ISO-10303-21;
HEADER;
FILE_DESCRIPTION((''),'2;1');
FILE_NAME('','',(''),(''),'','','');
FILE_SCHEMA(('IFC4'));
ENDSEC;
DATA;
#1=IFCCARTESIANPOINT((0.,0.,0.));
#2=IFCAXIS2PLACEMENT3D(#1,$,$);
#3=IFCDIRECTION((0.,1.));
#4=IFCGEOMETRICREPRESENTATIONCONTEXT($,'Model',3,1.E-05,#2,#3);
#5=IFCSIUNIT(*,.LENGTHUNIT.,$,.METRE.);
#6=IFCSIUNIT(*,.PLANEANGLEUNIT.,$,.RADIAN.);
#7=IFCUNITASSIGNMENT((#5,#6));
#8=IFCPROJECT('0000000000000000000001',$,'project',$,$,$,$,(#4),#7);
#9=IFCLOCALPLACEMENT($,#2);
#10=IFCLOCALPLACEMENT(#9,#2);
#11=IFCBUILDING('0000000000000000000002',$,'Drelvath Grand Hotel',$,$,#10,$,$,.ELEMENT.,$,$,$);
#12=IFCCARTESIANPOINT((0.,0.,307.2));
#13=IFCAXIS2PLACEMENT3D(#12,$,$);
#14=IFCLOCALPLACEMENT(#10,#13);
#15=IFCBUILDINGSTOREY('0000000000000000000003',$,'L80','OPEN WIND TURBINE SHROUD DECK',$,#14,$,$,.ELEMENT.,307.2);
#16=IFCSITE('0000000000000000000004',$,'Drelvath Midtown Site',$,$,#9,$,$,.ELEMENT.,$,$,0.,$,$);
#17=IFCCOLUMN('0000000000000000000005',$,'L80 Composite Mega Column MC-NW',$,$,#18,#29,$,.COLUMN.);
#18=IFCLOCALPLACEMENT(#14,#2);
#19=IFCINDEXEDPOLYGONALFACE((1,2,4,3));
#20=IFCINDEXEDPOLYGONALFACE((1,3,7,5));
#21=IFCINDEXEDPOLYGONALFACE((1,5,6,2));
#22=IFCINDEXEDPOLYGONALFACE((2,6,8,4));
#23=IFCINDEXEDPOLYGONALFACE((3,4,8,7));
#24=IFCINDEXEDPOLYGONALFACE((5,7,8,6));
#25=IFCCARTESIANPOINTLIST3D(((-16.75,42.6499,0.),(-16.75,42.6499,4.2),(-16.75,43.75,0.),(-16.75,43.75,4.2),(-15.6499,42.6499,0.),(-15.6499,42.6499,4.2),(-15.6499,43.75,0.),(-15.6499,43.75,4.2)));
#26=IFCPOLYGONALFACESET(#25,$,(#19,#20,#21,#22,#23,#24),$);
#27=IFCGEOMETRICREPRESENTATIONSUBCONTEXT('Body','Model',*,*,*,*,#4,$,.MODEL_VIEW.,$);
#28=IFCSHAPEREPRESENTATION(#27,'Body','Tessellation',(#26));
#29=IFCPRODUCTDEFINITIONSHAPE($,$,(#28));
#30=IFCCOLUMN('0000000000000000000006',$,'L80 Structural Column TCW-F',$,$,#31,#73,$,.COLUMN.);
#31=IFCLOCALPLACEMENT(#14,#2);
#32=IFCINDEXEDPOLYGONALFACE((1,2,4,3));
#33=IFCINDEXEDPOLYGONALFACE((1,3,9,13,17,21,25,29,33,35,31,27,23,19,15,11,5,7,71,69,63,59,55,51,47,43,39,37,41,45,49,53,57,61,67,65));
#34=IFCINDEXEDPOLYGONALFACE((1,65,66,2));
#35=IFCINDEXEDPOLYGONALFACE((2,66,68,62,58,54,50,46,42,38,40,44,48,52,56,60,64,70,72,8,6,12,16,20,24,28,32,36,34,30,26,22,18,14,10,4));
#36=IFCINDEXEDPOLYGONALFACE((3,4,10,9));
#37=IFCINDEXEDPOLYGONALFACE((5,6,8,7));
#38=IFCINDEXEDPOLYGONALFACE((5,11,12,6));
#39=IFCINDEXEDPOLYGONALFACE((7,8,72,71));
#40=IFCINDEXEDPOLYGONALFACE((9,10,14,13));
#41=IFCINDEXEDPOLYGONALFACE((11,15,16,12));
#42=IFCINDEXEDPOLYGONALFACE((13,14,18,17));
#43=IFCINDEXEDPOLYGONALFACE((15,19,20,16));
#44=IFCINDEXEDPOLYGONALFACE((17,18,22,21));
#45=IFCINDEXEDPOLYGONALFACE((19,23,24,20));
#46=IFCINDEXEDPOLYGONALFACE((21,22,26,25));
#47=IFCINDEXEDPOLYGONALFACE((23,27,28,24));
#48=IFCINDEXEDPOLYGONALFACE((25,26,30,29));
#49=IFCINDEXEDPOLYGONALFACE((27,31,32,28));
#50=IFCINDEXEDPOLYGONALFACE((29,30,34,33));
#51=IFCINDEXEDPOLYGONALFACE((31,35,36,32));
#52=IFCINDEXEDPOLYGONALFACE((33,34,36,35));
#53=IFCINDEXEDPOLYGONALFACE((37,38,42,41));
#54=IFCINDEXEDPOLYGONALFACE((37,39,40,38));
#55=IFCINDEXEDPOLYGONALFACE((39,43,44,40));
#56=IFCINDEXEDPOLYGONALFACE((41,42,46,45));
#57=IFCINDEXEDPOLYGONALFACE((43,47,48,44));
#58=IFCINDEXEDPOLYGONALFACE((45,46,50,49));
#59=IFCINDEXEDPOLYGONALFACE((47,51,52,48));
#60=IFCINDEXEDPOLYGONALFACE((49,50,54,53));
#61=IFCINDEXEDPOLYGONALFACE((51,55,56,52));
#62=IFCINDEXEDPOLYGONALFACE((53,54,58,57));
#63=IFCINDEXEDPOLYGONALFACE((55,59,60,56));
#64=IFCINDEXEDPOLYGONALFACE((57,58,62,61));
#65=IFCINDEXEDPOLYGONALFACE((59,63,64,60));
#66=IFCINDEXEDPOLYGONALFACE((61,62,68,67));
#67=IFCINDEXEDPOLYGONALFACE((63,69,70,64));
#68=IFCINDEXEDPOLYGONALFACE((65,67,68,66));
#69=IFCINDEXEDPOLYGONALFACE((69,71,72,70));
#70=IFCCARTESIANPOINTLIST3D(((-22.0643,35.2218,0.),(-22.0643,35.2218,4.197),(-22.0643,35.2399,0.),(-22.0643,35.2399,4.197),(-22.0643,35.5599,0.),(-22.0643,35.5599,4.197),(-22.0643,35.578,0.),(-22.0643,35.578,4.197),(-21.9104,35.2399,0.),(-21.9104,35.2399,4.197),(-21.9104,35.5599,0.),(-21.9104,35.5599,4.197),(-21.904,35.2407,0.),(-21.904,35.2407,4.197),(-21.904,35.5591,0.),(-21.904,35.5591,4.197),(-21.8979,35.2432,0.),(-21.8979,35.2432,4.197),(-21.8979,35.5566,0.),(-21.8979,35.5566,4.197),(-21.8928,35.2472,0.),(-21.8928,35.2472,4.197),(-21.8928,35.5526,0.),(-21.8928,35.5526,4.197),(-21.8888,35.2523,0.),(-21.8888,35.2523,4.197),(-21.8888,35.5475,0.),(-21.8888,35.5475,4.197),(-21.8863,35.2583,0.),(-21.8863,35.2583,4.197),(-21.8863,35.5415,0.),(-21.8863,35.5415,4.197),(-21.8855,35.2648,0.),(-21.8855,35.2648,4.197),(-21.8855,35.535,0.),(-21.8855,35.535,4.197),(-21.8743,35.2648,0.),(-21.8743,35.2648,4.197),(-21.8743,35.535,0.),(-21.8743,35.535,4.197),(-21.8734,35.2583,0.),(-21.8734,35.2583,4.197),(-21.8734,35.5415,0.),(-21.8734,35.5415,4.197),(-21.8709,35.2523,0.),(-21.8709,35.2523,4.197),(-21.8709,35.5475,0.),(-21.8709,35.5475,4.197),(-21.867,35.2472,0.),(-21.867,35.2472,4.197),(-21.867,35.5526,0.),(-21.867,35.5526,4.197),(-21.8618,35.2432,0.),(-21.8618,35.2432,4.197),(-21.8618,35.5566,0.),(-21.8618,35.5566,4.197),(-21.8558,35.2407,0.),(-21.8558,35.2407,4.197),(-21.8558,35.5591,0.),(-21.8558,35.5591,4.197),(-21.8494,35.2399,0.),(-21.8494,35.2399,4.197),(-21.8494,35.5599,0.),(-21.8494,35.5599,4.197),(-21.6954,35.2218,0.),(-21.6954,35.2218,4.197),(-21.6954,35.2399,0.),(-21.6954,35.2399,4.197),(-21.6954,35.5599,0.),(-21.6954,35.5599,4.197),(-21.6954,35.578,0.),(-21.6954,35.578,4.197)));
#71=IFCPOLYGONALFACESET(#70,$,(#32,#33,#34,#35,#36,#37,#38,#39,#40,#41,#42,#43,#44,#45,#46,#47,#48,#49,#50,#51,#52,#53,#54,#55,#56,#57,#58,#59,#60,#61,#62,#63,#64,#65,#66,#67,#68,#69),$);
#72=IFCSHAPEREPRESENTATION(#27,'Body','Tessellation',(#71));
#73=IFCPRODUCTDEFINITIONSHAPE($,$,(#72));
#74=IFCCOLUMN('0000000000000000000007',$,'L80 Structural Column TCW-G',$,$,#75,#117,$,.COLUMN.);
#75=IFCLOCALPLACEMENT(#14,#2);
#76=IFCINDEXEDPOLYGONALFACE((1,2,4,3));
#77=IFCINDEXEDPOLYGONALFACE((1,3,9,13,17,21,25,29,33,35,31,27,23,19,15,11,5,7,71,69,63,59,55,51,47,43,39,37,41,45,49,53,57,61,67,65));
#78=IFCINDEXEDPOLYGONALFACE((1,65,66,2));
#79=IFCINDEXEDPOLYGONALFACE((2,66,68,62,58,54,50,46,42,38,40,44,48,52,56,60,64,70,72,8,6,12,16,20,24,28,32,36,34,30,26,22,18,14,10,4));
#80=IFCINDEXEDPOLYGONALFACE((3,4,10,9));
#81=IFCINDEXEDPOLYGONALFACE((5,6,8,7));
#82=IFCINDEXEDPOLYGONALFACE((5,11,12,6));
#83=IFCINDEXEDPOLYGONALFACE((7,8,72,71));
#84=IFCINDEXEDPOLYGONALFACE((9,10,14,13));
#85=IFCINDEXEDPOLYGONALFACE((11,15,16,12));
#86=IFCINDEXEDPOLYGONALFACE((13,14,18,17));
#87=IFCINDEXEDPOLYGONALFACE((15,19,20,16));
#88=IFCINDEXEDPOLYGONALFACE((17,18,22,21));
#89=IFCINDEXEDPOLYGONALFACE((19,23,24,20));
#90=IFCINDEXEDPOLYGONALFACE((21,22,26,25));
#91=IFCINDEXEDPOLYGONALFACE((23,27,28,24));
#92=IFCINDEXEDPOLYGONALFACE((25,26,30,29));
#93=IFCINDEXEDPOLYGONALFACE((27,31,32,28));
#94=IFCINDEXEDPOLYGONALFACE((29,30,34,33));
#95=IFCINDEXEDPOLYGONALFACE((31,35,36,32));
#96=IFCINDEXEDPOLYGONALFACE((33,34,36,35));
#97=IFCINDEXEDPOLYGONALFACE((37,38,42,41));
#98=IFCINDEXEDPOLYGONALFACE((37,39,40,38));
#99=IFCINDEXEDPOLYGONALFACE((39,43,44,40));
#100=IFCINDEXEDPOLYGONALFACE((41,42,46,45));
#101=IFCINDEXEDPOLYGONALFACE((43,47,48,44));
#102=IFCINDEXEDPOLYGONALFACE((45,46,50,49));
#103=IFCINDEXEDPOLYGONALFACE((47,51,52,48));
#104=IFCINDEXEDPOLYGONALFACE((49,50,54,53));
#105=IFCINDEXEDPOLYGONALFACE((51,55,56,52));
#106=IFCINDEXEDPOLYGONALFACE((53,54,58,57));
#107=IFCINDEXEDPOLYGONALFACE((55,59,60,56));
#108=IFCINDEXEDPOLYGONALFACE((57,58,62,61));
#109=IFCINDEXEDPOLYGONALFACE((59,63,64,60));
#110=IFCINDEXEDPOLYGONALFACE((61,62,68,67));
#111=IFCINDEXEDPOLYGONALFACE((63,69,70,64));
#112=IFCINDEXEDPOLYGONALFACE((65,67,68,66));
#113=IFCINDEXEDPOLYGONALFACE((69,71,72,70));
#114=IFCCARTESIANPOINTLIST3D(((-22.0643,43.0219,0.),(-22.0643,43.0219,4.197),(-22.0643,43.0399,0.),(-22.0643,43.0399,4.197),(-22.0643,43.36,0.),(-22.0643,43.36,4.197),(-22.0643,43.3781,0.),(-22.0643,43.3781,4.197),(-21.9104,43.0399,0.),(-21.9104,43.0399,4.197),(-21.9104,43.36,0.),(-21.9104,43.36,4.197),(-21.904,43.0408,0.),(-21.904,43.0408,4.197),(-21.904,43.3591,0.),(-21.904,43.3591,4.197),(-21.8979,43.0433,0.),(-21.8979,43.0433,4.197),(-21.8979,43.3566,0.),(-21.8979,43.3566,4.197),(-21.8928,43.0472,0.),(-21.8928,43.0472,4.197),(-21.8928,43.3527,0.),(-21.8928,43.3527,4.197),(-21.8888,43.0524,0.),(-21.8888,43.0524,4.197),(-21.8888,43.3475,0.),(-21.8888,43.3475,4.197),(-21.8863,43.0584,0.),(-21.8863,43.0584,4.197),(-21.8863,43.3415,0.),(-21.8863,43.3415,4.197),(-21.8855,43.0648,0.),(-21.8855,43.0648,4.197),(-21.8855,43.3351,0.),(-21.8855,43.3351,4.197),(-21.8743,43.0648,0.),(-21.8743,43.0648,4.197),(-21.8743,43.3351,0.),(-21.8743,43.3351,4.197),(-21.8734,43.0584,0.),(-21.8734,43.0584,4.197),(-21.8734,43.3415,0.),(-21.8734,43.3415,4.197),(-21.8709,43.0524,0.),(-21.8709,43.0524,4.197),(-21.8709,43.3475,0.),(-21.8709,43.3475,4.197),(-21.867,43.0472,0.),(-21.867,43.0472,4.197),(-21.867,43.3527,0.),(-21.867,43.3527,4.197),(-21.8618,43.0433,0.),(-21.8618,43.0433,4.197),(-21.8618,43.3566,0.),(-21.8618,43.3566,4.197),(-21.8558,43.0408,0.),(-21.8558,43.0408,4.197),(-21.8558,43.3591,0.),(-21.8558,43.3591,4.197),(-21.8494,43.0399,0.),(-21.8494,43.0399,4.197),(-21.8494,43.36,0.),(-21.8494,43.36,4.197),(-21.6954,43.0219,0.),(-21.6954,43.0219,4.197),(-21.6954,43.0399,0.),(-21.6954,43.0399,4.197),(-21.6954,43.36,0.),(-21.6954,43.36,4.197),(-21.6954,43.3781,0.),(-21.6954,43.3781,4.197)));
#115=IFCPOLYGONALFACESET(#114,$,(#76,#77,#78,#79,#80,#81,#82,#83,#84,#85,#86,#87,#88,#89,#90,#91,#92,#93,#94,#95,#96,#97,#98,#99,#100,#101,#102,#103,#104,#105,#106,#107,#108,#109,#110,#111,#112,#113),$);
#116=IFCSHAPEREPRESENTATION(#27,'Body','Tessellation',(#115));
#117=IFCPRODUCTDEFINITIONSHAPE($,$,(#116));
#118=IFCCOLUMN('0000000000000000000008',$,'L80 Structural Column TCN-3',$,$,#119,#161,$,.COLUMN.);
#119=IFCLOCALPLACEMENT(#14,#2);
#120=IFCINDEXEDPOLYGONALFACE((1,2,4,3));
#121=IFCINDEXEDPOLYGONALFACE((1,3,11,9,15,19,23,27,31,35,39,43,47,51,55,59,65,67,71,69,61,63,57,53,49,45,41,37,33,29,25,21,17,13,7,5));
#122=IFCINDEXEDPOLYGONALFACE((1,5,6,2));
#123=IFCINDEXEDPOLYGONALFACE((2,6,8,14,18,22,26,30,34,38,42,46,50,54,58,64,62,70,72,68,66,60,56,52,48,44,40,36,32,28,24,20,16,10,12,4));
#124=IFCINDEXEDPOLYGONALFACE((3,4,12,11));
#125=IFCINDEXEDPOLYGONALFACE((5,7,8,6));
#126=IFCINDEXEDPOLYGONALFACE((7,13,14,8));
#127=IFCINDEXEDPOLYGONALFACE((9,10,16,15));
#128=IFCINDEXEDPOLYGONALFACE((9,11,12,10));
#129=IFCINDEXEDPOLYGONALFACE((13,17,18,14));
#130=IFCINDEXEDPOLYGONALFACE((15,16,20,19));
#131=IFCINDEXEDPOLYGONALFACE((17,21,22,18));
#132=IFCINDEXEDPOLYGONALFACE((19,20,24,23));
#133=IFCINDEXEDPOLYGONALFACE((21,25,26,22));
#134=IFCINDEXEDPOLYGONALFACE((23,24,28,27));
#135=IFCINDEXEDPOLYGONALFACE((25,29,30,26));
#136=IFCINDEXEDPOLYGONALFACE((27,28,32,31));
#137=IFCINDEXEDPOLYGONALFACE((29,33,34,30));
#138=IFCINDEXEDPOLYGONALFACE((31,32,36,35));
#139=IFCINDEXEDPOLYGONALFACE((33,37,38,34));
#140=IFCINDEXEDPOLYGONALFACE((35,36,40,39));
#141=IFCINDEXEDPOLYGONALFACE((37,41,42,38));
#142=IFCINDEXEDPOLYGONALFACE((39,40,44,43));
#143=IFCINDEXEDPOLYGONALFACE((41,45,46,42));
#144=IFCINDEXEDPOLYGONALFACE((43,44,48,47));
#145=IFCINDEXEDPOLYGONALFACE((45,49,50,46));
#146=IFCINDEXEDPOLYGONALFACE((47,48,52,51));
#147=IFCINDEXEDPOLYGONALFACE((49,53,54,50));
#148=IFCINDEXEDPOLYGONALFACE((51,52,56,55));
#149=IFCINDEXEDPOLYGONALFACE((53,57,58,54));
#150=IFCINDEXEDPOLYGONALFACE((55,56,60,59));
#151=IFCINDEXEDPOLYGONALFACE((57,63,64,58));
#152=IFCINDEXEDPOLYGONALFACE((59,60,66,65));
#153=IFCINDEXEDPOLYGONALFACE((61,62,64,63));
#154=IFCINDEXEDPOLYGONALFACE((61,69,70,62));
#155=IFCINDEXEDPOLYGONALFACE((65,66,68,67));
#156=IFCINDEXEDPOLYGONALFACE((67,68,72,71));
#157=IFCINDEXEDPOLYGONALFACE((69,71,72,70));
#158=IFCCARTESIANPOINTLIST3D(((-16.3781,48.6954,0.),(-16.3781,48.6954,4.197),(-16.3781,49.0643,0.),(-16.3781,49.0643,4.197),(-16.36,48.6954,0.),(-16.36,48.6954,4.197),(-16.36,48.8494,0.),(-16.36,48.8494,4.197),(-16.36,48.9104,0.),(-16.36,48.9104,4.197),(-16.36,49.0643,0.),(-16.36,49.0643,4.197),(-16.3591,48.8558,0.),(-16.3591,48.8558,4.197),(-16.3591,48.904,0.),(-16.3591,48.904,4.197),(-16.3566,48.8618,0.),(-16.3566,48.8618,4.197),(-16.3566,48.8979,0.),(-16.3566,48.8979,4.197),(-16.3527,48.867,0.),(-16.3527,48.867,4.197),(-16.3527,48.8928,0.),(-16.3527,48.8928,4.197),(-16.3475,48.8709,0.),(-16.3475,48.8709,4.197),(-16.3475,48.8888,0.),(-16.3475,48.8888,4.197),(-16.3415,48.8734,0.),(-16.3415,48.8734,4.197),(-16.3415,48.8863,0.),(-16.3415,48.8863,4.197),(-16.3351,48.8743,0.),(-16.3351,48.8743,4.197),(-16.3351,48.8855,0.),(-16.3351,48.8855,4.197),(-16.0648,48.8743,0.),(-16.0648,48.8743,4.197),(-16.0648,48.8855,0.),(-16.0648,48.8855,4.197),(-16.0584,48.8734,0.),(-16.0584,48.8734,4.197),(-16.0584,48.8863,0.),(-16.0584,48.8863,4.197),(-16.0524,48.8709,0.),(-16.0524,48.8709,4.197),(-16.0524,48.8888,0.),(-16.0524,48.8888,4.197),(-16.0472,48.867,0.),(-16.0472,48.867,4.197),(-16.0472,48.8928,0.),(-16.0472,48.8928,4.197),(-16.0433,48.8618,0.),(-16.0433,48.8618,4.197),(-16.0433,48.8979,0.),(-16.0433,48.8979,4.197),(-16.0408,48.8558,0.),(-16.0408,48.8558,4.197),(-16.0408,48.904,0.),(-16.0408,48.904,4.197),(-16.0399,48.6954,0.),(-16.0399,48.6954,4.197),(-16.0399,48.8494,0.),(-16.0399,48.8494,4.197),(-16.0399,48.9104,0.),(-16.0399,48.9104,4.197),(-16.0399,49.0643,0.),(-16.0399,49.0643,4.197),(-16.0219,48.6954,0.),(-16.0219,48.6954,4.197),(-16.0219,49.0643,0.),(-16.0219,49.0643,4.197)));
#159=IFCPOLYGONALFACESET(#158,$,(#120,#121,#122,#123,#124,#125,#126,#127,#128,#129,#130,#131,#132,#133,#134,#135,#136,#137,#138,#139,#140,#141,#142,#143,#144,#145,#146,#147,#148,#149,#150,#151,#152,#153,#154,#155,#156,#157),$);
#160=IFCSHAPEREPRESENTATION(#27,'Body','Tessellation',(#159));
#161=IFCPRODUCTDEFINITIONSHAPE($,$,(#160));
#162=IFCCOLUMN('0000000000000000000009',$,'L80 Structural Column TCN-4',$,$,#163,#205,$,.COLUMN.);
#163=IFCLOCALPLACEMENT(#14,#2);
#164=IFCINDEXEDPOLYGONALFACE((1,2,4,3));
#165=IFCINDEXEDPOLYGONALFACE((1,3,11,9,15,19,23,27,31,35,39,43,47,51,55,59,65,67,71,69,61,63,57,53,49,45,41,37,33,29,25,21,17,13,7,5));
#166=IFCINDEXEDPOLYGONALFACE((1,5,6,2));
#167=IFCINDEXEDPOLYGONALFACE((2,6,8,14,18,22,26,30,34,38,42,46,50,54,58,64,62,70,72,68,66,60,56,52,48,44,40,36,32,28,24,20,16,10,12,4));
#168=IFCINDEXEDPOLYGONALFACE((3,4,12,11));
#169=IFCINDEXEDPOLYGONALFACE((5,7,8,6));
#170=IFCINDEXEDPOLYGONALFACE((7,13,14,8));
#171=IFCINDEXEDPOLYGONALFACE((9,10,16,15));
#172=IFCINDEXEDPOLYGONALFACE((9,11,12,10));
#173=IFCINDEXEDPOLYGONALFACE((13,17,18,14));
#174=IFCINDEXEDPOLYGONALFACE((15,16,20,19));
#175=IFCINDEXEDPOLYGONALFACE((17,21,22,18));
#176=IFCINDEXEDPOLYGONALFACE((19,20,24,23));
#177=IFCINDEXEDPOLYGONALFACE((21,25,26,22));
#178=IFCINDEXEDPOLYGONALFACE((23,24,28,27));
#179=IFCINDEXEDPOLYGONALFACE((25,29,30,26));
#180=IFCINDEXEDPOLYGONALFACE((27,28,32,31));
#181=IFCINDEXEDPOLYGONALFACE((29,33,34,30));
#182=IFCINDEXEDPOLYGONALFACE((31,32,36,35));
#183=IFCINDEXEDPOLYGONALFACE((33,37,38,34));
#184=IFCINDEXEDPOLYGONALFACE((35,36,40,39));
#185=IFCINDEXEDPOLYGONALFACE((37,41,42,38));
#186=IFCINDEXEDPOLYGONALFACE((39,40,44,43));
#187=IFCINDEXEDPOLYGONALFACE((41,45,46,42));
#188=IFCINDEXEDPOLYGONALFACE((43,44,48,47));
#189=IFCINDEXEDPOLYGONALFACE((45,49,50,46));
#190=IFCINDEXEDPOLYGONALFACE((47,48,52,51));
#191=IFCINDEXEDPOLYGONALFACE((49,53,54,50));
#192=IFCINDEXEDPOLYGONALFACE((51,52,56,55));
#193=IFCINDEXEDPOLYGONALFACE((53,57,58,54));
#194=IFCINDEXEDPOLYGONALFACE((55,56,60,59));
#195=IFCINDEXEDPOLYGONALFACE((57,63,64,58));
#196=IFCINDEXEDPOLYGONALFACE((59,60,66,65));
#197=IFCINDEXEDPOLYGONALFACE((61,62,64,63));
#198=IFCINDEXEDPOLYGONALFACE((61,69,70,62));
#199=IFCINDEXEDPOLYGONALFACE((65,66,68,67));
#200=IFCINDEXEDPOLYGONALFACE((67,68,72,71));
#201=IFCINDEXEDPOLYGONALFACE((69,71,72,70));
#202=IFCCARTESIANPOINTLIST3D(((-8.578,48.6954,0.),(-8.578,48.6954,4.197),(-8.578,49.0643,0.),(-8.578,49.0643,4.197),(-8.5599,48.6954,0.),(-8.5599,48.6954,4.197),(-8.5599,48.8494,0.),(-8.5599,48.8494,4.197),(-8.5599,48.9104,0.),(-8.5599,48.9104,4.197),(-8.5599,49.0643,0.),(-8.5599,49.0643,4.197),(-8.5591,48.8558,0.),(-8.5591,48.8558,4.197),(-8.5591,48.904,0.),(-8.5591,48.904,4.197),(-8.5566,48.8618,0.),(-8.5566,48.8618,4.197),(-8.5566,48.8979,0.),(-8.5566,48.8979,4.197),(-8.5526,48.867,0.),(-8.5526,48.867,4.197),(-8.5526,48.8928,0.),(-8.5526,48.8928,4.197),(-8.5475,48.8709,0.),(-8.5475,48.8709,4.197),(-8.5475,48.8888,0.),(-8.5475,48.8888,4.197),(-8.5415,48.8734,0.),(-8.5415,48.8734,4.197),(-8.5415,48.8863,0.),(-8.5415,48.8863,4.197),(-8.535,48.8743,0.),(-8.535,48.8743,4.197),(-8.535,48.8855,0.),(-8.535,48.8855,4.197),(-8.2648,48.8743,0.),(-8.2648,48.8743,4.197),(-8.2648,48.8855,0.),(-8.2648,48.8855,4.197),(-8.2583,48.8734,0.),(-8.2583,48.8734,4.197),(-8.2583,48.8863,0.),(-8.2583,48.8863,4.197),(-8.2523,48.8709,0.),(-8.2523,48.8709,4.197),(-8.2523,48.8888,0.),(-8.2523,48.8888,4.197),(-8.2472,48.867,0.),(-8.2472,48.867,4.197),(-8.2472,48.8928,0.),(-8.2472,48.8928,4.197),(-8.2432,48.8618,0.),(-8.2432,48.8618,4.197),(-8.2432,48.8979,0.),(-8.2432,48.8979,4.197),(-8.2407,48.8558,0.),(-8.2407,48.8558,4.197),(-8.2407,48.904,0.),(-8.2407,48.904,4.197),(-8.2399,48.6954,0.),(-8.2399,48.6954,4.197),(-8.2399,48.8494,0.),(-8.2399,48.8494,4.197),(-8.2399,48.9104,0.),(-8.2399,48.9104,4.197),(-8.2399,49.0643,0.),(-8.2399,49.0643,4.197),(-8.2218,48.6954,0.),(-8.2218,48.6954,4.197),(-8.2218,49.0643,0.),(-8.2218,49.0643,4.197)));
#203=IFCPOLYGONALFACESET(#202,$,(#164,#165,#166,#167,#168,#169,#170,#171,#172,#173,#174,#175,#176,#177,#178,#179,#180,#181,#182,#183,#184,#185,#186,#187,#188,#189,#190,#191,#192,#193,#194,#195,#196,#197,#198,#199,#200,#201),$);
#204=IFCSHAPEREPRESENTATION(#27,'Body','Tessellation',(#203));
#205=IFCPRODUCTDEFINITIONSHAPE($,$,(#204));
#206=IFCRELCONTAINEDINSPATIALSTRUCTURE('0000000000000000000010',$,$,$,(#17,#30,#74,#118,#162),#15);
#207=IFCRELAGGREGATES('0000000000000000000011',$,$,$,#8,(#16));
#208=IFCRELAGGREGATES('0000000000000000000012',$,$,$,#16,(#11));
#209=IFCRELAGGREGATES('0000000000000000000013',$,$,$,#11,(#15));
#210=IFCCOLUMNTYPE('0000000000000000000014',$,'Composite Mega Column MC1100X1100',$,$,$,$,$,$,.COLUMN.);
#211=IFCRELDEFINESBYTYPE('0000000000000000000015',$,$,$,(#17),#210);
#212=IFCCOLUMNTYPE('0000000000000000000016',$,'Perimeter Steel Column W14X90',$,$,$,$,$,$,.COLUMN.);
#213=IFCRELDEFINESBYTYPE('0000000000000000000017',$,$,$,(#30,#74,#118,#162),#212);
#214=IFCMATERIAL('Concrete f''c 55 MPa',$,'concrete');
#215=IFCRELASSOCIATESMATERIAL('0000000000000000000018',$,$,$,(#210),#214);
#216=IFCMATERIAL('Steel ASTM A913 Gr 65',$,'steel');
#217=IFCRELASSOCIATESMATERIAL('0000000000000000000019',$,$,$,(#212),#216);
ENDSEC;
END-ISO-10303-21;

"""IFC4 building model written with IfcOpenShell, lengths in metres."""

from ifc_helpers import new_model, si_unit, direction, frame, origin, origin_2d, place, context, subcontext, project, spatial, rectangle, i_section, extrude, material, material_profile, profile_set, type_object, element, save


model = new_model("IFC4")

# Units and contexts
model_context = context("Model", 3, precision=1e-05, world=origin(), true_north=direction((0.0, 1.0)))
body_context = subcontext(model_context, "Body", "Model", "MODEL_VIEW")
ifc_project = project(units=[si_unit("LENGTHUNIT", "METRE"), si_unit("PLANEANGLEUNIT", "RADIAN")], contexts=[model_context])

# Site, building, storey
site_placement = place(None, origin())
site = spatial("IfcSite", under=ifc_project, at=site_placement, Name="Drelvath Midtown Site", CompositionType="ELEMENT", RefElevation=0.0)
building_placement = place(site_placement, origin())
building = spatial("IfcBuilding", under=site, at=building_placement, Name="Drelvath Grand Hotel", CompositionType="ELEMENT")
storey_placement = place(building_placement, frame((0.0, 0.0, 307.2)))
storey = spatial("IfcBuildingStorey", under=building, at=storey_placement, Name="L80", Description="OPEN WIND TURBINE SHROUD DECK", CompositionType="ELEMENT", Elevation=307.2)

# Columns
ifc_material_1 = material(Name="Concrete f'c 55 MPa", Category="concrete")
ifc_material_profile_1 = material_profile(ifc_material_1, rectangle(XDim=1.1001, YDim=1.1001, at=origin_2d()), Name="MC1100X1100")
ifc_profile_set_1 = profile_set([ifc_material_profile_1], Name="Concrete f'c 55 MPa")
column_type_1 = type_object("IfcColumnType", Name="Composite Mega Column MC1100X1100", PredefinedType="COLUMN", material=ifc_profile_set_1)
column_placement = place(storey_placement, frame((-16.2, 43.2, 0.0), z_axis=(0.0, 0.0, 1.0), x_axis=(1.0, 0.0, 0.0)))
element("IfcColumn", 1, at=column_placement, inside=storey, type_object=column_type_1, Name="L80 Composite Mega Column MC-NW", PredefinedType="COLUMN", context=body_context, shape_type="SweptSolid", body=[
    extrude(rectangle(XDim=1.1001, YDim=1.1001, at=origin_2d()), origin(), (0.0, 0.0, 1.0), 4.2),
])
ifc_material_2 = material(Name="Steel ASTM A913 Gr 65", Category="steel")
ifc_material_profile_2 = material_profile(ifc_material_2, i_section(OverallWidth=0.3689, OverallDepth=0.3562, WebThickness=0.0112, FlangeThickness=0.0181, FilletRadius=0.0249, at=origin_2d()), Name="W14X90")
ifc_profile_set_2 = profile_set([ifc_material_profile_2], Name="Steel ASTM A913 Gr 65")
column_type_2 = type_object("IfcColumnType", Name="Perimeter Steel Column W14X90", PredefinedType="COLUMN", material=ifc_profile_set_2)
for number, where, z_axis, x_axis, name in (
    (2, (-21.8799, 35.3999, 0.0), (0.0, 0.0, 1.0), (1.0, 0.0, 0.0), "L80 Structural Column TCW-F"),
    (3, (-21.8799, 43.2, 0.0), (0.0, 0.0, 1.0), (1.0, 0.0, 0.0), "L80 Structural Column TCW-G"),
    (4, (-16.2, 48.8799, 0.0), (0.0, 0.0, 1.0), (0.0, 1.0, 0.0), "L80 Structural Column TCN-3"),
    (5, (-8.3999, 48.8799, 0.0), (0.0, 0.0, 1.0), (0.0, 1.0, 0.0), "L80 Structural Column TCN-4"),
):
    element("IfcColumn", number, at=place(storey_placement, frame(where, z_axis=z_axis, x_axis=x_axis)), inside=storey, type_object=column_type_2, Name=name, PredefinedType="COLUMN", context=body_context, shape_type="SweptSolid", body=[
        extrude(i_section(OverallWidth=0.3689, OverallDepth=0.3562, WebThickness=0.0112, FlangeThickness=0.0181, FilletRadius=0.0249, at=origin_2d()), origin(), (0.0, 0.0, 1.0), 4.197),
    ])

save(model, "model.ifc")
